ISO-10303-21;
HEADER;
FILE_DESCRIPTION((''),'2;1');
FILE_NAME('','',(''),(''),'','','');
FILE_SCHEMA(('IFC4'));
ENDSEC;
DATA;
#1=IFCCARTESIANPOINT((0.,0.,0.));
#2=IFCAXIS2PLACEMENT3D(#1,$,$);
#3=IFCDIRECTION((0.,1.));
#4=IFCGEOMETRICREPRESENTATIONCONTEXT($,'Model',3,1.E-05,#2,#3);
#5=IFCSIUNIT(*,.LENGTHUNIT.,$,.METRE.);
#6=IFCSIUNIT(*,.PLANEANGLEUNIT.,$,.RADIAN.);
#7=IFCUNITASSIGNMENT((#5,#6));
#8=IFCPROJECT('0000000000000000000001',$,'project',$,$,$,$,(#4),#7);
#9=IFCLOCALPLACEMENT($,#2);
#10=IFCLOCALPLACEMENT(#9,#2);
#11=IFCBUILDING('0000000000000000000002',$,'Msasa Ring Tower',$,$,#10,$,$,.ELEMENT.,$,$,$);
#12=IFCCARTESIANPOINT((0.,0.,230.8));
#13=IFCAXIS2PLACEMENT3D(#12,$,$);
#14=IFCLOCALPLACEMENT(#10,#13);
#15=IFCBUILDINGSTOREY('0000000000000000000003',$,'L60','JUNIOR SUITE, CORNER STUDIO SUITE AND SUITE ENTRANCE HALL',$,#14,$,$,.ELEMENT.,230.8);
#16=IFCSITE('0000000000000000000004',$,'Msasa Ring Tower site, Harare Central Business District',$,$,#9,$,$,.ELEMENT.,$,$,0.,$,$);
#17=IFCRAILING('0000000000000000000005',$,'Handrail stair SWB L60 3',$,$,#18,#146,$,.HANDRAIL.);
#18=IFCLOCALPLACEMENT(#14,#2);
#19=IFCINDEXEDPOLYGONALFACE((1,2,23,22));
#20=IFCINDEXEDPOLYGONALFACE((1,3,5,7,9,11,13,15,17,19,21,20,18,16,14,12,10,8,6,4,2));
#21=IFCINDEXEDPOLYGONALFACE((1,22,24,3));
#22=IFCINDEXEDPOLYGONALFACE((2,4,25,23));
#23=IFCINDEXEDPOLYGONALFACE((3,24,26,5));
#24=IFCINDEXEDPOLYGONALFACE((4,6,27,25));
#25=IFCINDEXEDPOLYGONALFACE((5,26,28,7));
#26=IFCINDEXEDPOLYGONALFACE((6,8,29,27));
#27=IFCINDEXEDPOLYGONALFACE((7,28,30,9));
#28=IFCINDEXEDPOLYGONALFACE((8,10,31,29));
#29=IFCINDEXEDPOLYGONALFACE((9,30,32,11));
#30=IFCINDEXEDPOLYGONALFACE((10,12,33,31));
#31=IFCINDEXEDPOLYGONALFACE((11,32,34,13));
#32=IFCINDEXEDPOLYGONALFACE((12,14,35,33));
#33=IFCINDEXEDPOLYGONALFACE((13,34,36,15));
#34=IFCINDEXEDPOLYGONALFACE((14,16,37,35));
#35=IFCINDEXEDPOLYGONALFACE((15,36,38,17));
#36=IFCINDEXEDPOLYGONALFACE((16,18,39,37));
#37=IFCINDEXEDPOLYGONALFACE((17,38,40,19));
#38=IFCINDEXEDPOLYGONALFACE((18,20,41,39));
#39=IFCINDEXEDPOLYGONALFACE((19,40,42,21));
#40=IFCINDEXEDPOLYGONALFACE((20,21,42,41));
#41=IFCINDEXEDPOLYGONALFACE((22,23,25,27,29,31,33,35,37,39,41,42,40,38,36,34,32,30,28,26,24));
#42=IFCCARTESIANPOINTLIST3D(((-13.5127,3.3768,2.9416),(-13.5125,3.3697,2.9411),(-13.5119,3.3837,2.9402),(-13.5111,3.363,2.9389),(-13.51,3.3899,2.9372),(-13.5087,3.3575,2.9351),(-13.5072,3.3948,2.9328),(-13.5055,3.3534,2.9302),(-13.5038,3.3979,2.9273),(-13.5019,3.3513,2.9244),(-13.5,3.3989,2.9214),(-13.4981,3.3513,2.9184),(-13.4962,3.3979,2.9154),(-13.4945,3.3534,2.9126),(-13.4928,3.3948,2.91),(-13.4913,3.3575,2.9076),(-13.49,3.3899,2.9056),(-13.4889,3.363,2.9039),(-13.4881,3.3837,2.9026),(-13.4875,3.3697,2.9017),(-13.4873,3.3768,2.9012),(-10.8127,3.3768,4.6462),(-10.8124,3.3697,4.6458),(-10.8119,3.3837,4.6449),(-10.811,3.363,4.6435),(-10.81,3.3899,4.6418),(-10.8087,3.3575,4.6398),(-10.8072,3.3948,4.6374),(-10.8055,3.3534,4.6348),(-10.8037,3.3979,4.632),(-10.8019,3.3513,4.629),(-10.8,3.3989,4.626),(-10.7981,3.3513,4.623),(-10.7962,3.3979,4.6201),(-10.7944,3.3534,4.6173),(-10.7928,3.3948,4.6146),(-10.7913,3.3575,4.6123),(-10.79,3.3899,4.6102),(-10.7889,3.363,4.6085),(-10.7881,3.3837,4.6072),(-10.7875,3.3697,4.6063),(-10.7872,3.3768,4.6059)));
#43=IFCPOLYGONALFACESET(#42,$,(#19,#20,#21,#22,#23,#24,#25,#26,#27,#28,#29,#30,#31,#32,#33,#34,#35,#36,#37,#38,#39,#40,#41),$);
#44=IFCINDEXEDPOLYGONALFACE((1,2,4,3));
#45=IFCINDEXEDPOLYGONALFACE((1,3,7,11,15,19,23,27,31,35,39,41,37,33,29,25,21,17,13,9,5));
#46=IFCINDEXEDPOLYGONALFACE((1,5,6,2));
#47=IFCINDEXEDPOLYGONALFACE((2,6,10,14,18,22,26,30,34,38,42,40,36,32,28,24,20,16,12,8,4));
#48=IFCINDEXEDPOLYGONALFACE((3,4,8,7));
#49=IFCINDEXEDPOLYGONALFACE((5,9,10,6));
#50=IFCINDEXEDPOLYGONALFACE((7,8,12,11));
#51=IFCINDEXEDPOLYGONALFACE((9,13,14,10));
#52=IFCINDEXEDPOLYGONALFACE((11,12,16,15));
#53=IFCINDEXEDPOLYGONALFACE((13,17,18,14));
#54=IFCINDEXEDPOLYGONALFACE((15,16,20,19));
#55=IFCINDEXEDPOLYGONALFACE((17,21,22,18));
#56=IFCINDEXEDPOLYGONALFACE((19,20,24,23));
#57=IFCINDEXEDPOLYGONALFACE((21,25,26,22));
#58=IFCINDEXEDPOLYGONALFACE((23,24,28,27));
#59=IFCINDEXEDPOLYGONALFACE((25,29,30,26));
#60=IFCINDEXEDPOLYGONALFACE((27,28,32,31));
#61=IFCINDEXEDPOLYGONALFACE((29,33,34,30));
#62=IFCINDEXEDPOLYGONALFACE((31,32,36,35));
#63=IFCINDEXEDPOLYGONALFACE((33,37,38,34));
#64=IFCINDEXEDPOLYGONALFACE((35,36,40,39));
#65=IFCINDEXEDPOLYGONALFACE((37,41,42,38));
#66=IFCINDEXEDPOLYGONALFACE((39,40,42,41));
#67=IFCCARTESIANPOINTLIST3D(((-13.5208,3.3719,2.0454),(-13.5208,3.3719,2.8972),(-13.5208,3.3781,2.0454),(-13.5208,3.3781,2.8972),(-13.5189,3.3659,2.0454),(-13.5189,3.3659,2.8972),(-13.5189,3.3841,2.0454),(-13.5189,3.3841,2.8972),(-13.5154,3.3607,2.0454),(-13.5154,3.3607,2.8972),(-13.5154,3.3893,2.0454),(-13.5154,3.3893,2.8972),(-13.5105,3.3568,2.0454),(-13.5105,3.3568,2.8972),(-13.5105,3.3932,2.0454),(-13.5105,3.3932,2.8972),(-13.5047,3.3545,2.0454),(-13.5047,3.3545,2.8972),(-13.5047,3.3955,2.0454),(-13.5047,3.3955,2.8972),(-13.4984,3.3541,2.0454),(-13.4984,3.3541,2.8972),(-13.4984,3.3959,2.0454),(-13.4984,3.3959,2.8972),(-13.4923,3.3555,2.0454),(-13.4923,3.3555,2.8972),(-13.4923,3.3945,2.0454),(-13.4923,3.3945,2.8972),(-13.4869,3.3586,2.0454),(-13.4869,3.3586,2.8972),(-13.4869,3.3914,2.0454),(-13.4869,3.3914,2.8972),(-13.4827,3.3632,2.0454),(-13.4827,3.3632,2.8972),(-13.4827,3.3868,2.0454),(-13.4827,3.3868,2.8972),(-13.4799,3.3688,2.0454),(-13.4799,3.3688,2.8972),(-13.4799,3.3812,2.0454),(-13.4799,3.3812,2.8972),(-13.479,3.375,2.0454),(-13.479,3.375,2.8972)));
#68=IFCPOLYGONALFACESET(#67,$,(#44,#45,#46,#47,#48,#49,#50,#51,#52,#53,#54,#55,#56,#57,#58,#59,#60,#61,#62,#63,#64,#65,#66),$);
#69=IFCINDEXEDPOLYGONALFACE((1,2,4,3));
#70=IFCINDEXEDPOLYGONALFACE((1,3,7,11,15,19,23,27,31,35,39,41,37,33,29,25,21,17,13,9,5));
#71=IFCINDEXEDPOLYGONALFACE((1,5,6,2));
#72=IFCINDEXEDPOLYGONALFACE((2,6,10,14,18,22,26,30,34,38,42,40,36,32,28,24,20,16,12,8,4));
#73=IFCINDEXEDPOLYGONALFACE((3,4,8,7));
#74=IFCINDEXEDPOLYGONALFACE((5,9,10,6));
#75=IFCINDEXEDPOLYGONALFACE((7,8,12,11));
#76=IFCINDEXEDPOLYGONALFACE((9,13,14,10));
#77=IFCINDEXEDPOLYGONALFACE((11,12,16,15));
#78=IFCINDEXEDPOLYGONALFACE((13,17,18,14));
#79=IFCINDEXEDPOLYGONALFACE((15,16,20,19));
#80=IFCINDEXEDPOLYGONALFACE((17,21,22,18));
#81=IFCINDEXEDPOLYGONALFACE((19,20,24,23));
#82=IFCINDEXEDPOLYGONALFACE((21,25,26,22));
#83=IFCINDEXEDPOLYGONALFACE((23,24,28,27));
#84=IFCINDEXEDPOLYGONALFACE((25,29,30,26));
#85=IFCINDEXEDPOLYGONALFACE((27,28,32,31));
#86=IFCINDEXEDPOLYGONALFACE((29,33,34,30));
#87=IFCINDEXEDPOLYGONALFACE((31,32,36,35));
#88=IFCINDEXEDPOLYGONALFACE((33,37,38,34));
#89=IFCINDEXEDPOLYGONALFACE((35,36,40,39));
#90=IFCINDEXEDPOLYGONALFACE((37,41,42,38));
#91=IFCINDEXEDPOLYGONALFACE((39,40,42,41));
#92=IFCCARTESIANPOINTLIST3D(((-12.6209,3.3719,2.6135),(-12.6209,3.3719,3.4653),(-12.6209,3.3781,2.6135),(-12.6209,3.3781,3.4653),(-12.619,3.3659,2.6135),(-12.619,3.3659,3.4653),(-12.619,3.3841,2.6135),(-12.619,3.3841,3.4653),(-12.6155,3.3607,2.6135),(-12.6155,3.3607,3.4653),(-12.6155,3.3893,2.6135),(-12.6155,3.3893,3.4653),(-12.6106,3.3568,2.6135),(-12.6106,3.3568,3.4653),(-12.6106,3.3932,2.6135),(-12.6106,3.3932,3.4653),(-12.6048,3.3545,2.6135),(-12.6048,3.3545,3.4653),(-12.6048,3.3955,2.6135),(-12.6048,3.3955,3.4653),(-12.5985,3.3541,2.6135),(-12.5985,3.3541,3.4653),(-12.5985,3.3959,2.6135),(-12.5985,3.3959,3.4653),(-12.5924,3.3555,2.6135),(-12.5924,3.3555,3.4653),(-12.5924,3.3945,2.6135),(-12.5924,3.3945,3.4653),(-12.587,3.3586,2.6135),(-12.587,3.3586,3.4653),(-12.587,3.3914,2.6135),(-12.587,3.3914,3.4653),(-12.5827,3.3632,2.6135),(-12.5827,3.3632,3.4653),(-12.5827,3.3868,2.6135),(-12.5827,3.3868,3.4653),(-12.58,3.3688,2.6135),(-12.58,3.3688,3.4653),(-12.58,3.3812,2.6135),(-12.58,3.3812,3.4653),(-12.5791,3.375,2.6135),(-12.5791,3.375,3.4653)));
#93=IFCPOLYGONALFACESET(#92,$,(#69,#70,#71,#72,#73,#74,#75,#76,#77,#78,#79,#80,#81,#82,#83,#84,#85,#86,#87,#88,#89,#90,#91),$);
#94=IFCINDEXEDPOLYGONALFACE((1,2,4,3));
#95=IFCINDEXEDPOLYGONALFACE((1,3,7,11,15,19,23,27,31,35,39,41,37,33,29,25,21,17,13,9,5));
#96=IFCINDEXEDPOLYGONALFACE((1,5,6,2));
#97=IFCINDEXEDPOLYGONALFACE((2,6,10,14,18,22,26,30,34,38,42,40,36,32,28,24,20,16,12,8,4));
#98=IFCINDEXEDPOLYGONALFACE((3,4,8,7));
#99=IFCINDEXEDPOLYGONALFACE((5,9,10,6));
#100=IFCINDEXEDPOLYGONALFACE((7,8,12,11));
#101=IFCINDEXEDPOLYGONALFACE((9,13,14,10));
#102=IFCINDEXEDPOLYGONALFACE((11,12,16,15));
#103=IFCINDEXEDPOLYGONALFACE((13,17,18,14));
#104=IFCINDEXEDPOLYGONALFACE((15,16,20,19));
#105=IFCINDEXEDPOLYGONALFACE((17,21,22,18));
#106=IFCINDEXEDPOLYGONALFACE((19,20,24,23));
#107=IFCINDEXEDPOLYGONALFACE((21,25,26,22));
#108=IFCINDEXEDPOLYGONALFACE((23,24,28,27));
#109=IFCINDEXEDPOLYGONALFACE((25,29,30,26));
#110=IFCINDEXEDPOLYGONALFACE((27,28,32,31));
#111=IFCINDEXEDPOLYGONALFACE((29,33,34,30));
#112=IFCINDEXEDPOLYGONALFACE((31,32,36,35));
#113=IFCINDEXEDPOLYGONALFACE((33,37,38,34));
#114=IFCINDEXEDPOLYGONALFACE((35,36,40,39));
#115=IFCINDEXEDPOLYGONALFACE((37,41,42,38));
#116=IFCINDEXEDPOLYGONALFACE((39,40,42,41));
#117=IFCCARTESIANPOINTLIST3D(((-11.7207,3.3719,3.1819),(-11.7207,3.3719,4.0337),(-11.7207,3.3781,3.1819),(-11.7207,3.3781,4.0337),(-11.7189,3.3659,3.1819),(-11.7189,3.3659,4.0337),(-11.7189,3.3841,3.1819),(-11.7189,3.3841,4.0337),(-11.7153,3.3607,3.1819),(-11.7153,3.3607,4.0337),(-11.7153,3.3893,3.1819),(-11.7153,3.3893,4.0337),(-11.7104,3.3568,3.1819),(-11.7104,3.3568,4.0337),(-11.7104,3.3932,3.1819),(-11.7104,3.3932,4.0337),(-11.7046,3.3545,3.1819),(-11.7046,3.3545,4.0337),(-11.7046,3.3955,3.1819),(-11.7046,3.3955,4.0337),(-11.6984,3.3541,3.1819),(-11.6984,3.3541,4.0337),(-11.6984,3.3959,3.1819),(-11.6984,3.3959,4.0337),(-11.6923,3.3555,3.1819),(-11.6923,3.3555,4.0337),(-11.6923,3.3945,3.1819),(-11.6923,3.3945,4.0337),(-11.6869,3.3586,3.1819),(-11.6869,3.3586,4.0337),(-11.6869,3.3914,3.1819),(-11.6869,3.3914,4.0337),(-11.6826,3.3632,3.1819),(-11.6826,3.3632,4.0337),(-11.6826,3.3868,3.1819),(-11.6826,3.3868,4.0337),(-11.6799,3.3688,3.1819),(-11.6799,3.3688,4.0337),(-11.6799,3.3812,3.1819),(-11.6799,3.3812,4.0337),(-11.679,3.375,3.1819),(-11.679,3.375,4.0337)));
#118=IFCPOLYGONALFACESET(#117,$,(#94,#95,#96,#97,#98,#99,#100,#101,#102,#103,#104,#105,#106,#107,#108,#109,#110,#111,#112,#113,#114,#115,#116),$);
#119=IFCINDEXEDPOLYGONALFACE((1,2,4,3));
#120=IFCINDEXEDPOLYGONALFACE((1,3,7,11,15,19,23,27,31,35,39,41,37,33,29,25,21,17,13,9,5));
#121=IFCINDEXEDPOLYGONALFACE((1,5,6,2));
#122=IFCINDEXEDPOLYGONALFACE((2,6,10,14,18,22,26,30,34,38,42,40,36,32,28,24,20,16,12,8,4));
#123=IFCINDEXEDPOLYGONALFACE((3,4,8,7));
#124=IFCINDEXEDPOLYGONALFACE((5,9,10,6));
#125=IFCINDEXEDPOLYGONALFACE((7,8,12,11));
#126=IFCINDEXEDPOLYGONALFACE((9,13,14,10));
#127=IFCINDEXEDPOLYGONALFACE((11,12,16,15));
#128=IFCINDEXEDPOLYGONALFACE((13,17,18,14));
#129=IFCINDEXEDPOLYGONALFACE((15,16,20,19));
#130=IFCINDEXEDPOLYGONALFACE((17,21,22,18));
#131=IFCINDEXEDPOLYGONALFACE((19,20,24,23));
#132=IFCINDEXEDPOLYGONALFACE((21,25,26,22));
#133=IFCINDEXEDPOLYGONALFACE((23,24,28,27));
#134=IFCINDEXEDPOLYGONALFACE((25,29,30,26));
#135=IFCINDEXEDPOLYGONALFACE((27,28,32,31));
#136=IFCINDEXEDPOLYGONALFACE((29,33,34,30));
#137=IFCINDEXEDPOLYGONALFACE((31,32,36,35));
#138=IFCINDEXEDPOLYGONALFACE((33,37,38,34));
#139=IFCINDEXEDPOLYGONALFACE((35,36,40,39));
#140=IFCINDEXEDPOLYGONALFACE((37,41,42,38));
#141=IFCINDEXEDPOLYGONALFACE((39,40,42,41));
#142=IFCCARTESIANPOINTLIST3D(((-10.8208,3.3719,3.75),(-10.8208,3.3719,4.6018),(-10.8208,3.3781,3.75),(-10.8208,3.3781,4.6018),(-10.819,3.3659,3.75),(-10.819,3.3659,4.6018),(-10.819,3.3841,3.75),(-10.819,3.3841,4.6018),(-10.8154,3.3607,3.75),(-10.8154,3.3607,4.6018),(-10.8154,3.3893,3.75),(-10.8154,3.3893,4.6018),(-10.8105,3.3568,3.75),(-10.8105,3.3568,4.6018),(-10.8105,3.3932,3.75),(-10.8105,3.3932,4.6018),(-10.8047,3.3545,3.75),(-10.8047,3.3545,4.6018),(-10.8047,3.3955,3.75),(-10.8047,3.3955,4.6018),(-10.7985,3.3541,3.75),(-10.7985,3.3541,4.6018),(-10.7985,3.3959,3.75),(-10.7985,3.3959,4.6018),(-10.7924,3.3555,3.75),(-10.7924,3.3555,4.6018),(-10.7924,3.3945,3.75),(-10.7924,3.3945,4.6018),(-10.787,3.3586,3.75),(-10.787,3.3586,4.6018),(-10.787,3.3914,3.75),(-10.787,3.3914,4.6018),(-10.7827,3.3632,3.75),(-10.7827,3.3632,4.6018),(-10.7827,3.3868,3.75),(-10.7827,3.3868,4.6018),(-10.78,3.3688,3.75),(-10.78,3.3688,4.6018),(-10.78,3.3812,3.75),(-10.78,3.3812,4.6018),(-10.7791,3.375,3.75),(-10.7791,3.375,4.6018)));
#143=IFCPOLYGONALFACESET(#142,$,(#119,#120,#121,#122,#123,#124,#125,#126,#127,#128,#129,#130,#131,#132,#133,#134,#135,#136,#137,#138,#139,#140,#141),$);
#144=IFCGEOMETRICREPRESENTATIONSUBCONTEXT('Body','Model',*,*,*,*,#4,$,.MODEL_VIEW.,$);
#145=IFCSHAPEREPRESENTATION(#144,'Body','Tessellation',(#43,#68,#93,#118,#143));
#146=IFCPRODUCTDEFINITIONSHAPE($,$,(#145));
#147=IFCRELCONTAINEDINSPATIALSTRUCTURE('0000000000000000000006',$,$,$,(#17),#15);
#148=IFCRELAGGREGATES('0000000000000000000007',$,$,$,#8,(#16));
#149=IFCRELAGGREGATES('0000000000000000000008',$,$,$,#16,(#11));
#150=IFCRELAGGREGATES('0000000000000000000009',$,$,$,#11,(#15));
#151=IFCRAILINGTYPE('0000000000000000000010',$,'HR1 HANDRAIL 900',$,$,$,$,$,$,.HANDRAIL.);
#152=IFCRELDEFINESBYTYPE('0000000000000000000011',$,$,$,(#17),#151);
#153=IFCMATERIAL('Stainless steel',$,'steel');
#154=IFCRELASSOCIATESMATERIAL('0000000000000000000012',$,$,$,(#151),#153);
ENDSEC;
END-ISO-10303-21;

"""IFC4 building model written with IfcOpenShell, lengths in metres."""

from ifc_helpers import new_model, si_unit, direction, frame, origin, origin_2d, place, context, subcontext, project, spatial, circle, extrude, material, type_object, element, save


model = new_model("IFC4")

# Units and contexts
model_context = context("Model", 3, precision=1e-05, world=origin(), true_north=direction((0.0, 1.0)))
body_context = subcontext(model_context, "Body", "Model", "MODEL_VIEW")
ifc_project = project(units=[si_unit("LENGTHUNIT", "METRE"), si_unit("PLANEANGLEUNIT", "RADIAN")], contexts=[model_context])

# Site, building, storey
site_placement = place(None, origin())
site = spatial("IfcSite", under=ifc_project, at=site_placement, Name="Msasa Ring Tower site, Harare Central Business District", CompositionType="ELEMENT", RefElevation=0.0)
building_placement = place(site_placement, origin())
building = spatial("IfcBuilding", under=site, at=building_placement, Name="Msasa Ring Tower", CompositionType="ELEMENT")
storey_placement = place(building_placement, frame((0.0, 0.0, 230.8)))
storey = spatial("IfcBuildingStorey", under=building, at=storey_placement, Name="L60", Description="JUNIOR SUITE, CORNER STUDIO SUITE AND SUITE ENTRANCE HALL", CompositionType="ELEMENT", Elevation=230.8)

# Railing
ifc_material_1 = material(Name="Stainless steel", Category="steel")
railing_type = type_object("IfcRailingType", Name="HR1 HANDRAIL 900", PredefinedType="HANDRAIL", material=ifc_material_1)
for number, where, name in (
    (1, (-13.5, 3.375, 2.0454), "Handrail stair SWB L60 3"),
):
    element("IfcRailing", number, at=place(storey_placement, frame(where)), inside=storey, type_object=railing_type, Name=name, PredefinedType="HANDRAIL", context=body_context, shape_type="SweptSolid", body=[
        extrude(circle(Radius=0.0239, at=origin_2d()), frame((0.0, 0.0, 0.876), z_axis=(0.84558, 0.0, 0.533849), x_axis=(0.0, 1.0, 0.0)), (0.0, 0.0, 1.0), 3.1931),
        extrude(circle(Radius=0.021, at=origin_2d()), origin(), (0.0, 0.0, 1.0), 0.8518),
        extrude(circle(Radius=0.021, at=origin_2d()), frame((0.8999, 0.0, 0.5681)), (0.0, 0.0, 1.0), 0.8518),
        extrude(circle(Radius=0.021, at=origin_2d()), frame((1.8, 0.0, 1.1365)), (0.0, 0.0, 1.0), 0.8518),
        extrude(circle(Radius=0.021, at=origin_2d()), frame((2.7, 0.0, 1.7046)), (0.0, 0.0, 1.0), 0.8518),
    ])

save(model, "model.ifc")
